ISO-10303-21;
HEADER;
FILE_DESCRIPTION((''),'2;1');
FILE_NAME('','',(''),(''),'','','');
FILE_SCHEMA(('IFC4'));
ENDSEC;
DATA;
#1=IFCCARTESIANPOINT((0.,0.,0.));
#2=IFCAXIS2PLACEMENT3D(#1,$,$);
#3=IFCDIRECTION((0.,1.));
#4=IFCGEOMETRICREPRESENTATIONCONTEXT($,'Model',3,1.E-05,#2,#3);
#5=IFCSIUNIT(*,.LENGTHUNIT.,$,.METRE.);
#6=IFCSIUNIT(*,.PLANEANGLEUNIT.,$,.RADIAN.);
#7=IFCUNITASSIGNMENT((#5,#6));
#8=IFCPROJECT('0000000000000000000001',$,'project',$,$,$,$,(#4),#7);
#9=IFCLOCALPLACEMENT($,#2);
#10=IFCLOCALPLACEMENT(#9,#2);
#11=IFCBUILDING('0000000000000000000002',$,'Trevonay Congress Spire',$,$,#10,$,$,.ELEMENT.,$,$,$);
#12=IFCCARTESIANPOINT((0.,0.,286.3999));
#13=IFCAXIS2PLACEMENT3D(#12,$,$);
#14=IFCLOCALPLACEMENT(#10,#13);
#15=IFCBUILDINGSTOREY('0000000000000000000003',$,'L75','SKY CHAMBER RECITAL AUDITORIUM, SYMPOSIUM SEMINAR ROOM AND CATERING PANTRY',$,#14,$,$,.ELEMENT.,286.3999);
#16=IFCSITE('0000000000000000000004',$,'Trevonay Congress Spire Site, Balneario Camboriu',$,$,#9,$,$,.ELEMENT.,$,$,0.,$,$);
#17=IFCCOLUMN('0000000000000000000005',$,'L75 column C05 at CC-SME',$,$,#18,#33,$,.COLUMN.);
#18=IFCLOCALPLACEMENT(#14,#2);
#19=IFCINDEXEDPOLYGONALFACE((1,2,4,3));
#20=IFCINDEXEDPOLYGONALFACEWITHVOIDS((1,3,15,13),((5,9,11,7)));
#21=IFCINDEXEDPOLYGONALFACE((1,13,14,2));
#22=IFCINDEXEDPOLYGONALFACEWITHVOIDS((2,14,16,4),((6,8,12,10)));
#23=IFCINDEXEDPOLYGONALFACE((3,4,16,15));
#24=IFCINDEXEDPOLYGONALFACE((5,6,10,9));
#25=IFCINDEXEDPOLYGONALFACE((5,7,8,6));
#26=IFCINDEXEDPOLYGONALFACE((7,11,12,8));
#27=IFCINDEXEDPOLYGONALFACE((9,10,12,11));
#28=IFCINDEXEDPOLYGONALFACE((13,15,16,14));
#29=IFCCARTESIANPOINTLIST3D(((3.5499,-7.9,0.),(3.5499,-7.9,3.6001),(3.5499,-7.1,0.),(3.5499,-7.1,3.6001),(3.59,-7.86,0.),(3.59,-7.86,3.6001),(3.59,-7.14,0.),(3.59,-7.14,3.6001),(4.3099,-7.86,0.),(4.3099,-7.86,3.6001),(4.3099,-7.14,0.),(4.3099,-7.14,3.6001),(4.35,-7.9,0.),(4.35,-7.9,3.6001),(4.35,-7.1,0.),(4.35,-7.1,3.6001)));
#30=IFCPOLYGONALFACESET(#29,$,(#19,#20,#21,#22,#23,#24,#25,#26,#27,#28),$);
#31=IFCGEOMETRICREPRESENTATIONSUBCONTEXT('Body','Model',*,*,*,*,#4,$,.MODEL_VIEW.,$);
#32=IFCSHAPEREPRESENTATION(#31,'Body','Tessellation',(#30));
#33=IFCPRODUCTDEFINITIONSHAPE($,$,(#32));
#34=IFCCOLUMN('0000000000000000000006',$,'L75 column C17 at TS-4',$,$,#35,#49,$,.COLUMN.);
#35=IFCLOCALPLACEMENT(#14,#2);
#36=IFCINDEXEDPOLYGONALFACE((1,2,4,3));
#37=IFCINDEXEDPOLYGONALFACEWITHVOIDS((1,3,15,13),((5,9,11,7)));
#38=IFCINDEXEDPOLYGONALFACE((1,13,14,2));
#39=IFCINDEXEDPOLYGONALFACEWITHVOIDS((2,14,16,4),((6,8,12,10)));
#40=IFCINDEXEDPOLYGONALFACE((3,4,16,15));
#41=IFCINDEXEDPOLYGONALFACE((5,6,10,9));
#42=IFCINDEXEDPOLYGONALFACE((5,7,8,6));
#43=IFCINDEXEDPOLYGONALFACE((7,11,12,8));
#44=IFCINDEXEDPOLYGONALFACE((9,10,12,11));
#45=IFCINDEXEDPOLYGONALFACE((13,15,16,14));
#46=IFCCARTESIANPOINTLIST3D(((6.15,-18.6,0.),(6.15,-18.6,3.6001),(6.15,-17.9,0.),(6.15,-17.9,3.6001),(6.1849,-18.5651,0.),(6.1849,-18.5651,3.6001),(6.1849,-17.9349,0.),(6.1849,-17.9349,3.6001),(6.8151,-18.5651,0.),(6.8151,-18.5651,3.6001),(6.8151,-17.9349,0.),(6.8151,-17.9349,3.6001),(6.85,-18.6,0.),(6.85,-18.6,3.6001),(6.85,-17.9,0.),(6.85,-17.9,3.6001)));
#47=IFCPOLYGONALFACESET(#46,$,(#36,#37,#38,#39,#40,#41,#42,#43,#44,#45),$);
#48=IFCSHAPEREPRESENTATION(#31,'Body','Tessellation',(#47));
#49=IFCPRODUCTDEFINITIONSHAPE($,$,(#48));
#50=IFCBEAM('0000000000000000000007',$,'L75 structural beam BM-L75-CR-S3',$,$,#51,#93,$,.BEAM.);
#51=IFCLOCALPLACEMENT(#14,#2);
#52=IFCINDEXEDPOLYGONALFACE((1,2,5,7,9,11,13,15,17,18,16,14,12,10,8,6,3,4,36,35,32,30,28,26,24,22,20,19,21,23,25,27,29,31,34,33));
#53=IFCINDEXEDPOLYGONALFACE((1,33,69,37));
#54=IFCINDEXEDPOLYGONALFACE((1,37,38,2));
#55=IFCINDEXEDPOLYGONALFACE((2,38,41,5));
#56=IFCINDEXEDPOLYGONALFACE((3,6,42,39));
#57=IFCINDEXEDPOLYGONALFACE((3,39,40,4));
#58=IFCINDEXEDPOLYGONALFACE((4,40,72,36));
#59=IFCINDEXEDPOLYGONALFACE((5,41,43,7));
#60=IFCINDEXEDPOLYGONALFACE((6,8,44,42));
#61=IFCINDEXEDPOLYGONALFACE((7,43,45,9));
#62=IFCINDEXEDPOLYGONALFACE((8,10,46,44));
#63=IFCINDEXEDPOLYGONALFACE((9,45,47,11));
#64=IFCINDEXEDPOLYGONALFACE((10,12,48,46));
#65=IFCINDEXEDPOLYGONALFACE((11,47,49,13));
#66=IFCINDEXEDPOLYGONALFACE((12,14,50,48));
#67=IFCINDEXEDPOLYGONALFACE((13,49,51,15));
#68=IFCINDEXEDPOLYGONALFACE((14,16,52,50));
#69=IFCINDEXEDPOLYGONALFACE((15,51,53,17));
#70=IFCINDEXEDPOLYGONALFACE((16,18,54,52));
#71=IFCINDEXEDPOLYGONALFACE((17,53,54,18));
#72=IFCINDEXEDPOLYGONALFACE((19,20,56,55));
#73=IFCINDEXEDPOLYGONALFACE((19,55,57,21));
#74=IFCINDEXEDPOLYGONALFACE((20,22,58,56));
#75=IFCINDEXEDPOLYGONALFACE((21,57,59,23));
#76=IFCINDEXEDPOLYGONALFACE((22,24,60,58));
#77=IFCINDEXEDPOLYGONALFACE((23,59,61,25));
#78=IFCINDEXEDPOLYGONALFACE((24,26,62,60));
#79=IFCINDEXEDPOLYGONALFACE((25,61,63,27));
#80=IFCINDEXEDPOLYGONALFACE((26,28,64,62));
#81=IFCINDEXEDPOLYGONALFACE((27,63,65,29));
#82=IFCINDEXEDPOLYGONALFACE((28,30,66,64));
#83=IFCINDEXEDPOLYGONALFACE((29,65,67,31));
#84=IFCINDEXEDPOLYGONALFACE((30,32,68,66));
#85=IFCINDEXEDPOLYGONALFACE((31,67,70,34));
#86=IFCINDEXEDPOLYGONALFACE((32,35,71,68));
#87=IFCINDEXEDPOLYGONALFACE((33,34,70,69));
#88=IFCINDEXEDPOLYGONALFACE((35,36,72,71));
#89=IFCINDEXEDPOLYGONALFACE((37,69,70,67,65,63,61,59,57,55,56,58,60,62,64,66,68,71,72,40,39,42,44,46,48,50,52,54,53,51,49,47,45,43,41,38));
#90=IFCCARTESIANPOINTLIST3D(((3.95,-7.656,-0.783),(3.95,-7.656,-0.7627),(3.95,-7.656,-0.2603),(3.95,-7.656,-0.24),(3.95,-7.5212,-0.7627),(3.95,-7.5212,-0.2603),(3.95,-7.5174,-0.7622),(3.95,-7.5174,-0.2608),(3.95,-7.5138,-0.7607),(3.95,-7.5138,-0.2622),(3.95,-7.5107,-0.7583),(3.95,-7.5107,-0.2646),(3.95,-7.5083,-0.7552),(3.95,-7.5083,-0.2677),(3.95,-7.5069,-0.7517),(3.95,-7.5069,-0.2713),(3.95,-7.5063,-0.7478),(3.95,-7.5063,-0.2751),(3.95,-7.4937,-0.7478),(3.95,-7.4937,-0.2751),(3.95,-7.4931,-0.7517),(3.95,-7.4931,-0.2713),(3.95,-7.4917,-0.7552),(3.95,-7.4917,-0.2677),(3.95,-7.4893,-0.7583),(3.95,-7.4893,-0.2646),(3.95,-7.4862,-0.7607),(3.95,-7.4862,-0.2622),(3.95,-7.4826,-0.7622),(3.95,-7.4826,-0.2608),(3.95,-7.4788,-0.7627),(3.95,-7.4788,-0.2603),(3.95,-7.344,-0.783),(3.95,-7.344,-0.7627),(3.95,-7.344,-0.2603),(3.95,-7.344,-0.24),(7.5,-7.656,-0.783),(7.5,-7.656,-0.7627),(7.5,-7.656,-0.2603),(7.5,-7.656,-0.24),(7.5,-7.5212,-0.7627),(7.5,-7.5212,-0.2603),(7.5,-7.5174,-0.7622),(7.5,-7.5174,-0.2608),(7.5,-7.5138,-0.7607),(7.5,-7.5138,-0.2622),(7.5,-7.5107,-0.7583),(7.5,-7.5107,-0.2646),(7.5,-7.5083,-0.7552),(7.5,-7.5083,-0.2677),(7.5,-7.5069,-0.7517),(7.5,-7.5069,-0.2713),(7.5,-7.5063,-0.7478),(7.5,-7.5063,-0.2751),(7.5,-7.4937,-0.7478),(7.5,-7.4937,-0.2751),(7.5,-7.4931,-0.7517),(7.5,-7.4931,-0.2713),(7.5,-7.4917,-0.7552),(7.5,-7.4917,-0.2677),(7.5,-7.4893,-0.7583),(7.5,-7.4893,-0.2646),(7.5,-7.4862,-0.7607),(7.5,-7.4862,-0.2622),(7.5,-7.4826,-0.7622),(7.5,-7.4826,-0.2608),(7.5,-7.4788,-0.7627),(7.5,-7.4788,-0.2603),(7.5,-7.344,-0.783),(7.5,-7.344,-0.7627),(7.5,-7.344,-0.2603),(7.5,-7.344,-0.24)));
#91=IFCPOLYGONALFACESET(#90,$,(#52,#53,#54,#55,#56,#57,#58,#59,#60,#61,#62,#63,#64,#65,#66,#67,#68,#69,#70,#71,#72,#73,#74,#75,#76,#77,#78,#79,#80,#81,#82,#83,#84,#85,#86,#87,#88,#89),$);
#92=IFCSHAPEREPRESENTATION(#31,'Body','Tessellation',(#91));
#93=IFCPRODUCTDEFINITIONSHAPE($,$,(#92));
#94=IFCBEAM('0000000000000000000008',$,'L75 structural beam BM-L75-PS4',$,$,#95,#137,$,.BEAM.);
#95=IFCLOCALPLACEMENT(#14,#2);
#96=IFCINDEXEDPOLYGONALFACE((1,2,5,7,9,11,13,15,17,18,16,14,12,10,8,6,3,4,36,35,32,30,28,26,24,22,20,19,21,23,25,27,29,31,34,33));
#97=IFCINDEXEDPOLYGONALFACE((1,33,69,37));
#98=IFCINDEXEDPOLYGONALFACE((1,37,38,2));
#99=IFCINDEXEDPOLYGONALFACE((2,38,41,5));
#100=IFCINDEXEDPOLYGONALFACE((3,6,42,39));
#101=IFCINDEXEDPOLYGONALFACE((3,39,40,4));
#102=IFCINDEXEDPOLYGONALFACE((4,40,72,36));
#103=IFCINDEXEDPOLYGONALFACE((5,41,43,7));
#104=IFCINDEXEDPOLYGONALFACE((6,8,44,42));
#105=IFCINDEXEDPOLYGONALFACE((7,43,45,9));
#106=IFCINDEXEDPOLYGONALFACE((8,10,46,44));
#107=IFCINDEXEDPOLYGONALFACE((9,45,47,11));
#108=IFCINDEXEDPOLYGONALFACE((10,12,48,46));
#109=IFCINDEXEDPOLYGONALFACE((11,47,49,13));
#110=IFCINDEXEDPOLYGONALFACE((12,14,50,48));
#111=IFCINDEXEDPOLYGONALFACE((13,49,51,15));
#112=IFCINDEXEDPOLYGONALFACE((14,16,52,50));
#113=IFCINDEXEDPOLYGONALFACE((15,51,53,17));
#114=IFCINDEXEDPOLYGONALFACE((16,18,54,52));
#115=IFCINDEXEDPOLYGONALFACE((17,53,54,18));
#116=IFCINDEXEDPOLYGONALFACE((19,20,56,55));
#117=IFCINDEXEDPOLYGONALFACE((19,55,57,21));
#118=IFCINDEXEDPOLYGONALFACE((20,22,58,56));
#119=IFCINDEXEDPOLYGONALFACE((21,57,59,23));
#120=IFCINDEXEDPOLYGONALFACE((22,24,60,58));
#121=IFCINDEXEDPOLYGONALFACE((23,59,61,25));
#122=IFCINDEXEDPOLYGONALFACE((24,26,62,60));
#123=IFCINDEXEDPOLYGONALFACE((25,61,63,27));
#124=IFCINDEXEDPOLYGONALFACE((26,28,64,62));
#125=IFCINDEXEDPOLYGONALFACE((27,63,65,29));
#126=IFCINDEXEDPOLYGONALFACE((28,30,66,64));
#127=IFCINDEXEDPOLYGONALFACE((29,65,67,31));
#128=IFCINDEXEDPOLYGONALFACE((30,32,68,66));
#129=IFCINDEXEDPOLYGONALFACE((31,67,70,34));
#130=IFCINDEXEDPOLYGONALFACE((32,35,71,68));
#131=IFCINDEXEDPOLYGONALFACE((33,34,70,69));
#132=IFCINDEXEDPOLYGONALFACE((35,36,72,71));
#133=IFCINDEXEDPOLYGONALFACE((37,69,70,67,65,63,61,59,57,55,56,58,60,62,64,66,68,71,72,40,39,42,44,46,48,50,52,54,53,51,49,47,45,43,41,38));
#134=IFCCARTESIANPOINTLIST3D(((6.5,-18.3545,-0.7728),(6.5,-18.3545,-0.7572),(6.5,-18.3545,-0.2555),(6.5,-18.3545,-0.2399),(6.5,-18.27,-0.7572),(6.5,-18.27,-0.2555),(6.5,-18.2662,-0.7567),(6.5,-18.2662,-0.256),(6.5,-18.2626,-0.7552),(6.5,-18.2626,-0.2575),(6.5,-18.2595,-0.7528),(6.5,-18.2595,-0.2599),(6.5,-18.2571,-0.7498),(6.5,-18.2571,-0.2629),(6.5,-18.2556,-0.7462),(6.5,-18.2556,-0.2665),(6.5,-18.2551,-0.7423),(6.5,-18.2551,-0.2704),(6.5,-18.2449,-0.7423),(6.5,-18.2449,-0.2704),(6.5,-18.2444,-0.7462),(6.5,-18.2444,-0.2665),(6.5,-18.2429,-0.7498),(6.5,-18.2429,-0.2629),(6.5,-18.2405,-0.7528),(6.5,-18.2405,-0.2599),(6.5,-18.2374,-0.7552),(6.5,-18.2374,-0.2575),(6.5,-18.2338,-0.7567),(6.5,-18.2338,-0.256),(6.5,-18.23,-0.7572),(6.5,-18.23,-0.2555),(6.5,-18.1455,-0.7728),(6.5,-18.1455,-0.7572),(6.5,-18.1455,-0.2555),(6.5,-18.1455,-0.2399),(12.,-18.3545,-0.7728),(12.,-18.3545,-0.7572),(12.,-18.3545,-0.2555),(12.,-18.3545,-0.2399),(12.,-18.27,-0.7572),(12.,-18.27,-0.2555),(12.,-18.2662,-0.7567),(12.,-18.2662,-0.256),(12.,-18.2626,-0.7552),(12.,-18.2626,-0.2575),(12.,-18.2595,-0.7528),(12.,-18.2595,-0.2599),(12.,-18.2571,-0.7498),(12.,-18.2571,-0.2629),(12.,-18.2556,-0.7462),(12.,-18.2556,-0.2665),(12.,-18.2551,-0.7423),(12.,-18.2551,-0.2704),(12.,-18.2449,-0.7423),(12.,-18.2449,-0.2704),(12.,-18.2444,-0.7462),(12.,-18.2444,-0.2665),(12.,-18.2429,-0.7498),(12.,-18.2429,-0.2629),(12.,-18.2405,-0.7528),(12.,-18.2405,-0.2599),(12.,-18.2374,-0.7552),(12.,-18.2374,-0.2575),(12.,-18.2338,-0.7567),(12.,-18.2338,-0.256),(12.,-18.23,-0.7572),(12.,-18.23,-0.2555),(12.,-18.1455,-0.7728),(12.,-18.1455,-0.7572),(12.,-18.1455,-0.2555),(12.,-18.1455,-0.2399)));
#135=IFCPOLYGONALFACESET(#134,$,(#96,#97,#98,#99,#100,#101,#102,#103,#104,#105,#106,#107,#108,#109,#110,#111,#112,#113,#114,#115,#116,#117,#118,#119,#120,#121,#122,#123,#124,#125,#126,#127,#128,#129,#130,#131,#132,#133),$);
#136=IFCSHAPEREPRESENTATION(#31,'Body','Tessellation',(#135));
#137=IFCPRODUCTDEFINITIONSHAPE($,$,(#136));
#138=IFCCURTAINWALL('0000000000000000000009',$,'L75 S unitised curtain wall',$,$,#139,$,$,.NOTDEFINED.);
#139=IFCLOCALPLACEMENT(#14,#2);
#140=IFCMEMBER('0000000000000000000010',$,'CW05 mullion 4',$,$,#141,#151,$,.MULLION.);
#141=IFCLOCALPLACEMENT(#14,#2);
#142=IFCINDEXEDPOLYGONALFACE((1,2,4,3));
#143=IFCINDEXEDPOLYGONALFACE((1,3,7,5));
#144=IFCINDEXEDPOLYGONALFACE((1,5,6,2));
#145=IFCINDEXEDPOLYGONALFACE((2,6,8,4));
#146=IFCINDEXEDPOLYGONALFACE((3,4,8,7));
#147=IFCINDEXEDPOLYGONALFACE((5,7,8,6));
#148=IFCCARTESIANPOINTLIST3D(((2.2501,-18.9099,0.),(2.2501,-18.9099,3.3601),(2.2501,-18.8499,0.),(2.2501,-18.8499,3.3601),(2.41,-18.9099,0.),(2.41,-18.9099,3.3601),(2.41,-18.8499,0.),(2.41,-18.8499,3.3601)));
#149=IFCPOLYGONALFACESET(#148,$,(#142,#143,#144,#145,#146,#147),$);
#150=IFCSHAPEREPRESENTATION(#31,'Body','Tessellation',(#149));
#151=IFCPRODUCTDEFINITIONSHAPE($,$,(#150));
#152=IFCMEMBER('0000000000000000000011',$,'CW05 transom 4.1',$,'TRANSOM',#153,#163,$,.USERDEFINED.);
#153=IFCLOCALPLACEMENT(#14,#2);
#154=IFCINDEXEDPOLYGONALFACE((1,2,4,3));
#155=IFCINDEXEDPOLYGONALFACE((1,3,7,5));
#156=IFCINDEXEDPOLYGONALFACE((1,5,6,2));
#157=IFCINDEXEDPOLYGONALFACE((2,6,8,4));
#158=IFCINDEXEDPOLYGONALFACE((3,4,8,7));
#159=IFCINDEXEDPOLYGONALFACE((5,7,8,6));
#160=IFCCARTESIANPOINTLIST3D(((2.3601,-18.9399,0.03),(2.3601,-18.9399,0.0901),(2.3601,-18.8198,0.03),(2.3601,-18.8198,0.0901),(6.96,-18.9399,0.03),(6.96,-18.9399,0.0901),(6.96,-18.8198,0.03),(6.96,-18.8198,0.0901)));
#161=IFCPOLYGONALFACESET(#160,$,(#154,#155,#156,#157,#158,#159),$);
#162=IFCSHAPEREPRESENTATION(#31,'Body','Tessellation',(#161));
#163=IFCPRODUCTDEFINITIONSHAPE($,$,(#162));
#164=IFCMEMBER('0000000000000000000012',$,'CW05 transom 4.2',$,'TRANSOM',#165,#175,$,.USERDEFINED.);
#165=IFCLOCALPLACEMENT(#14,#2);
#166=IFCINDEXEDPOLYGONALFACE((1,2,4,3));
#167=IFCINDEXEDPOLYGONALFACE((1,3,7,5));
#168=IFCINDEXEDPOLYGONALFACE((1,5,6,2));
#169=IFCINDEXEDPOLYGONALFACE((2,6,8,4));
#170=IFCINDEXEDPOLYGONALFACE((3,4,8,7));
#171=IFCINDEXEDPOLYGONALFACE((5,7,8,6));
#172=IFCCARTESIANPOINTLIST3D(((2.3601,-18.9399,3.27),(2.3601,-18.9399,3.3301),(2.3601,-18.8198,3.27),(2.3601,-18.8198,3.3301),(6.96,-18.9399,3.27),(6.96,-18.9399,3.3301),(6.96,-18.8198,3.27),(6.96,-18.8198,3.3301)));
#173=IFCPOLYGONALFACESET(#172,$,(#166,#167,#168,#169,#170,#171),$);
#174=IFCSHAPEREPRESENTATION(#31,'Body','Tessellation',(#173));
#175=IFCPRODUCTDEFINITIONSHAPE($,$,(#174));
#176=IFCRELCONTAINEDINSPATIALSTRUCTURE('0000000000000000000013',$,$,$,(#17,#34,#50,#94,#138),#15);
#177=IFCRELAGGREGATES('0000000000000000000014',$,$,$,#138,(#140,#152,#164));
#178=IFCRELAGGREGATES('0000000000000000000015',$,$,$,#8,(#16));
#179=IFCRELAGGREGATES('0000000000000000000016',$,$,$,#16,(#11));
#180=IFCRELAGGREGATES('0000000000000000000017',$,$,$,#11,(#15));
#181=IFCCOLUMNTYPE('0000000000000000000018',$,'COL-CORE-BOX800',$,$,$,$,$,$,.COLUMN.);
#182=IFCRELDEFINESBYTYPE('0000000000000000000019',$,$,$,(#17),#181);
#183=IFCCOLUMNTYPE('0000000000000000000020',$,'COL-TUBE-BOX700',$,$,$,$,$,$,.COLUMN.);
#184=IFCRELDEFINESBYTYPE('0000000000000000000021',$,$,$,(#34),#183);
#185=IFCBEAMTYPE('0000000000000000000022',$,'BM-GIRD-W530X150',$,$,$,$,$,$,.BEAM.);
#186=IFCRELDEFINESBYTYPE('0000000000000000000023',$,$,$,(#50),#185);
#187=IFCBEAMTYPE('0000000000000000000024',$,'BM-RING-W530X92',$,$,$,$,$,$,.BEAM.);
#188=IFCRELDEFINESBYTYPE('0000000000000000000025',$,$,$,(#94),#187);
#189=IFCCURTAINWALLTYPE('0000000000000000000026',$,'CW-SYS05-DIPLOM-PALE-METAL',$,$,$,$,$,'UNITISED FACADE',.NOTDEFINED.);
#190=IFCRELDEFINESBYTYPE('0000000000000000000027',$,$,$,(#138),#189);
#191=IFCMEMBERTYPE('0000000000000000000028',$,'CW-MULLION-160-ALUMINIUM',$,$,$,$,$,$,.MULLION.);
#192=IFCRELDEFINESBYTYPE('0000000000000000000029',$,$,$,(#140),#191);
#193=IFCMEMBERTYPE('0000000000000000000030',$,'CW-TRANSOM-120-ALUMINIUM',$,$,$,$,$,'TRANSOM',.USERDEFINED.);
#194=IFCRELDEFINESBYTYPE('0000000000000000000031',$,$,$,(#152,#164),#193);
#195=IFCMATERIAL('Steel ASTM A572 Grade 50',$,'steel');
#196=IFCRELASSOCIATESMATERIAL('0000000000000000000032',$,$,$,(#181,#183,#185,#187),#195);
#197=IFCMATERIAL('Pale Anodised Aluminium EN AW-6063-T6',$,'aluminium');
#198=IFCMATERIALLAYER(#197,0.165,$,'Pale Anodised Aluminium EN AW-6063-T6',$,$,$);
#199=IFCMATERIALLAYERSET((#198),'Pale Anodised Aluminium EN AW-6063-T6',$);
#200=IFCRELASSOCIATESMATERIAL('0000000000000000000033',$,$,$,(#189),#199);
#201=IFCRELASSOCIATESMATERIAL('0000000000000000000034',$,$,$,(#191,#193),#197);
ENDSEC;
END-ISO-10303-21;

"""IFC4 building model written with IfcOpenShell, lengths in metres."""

from ifc_helpers import new_model, si_unit, direction, frame, origin, origin_2d, place, context, subcontext, project, spatial, rectangle, hollow_rectangle, i_section, extrude, material, layer, layer_set, material_profile, profile_set, type_object, element, aggregate, save


model = new_model("IFC4")

# Units and contexts
model_context = context("Model", 3, precision=1e-05, world=origin(), true_north=direction((0.0, 1.0)))
body_context = subcontext(model_context, "Body", "Model", "MODEL_VIEW")
ifc_project = project(units=[si_unit("LENGTHUNIT", "METRE"), si_unit("PLANEANGLEUNIT", "RADIAN")], contexts=[model_context])

# Site, building, storey
site_placement = place(None, origin())
site = spatial("IfcSite", under=ifc_project, at=site_placement, Name="Trevonay Congress Spire Site, Balneario Camboriu", CompositionType="ELEMENT", RefElevation=0.0)
building_placement = place(site_placement, origin())
building = spatial("IfcBuilding", under=site, at=building_placement, Name="Trevonay Congress Spire", CompositionType="ELEMENT")
storey_placement = place(building_placement, frame((0.0, 0.0, 286.3999)))
storey = spatial("IfcBuildingStorey", under=building, at=storey_placement, Name="L75", Description="SKY CHAMBER RECITAL AUDITORIUM, SYMPOSIUM SEMINAR ROOM AND CATERING PANTRY", CompositionType="ELEMENT", Elevation=286.3999)

# Columns
ifc_material_1 = material(Name="Steel ASTM A572 Grade 50", Category="steel")
ifc_material_profile_1 = material_profile(ifc_material_1, hollow_rectangle(XDim=0.8, YDim=0.8, WallThickness=0.04, at=origin_2d()), Name="BOX 800x800x40")
ifc_profile_set_1 = profile_set([ifc_material_profile_1], Name="Steel ASTM A572 Grade 50")
column_type_1 = type_object("IfcColumnType", Name="COL-CORE-BOX800", PredefinedType="COLUMN", material=ifc_profile_set_1)
column_1_placement = place(storey_placement, frame((3.95, -7.5, 0.0), z_axis=(0.0, 0.0, 1.0), x_axis=(1.0, 0.0, 0.0)))
element("IfcColumn", 1, at=column_1_placement, inside=storey, type_object=column_type_1, Name="L75 column C05 at CC-SME", PredefinedType="COLUMN", context=body_context, shape_type="SweptSolid", body=[
    extrude(hollow_rectangle(XDim=0.8, YDim=0.8, WallThickness=0.04, at=origin_2d()), origin(), (0.0, 0.0, 1.0), 3.6001),
])
ifc_material_profile_2 = material_profile(ifc_material_1, hollow_rectangle(XDim=0.7, YDim=0.7, WallThickness=0.0349, at=origin_2d()), Name="BOX 700x700x35")
ifc_profile_set_2 = profile_set([ifc_material_profile_2], Name="Steel ASTM A572 Grade 50")
column_type_2 = type_object("IfcColumnType", Name="COL-TUBE-BOX700", PredefinedType="COLUMN", material=ifc_profile_set_2)
column_2_placement = place(storey_placement, frame((6.5, -18.25, 0.0), z_axis=(0.0, 0.0, 1.0), x_axis=(1.0, 0.0, 0.0)))
element("IfcColumn", 2, at=column_2_placement, inside=storey, type_object=column_type_2, Name="L75 column C17 at TS-4", PredefinedType="COLUMN", context=body_context, shape_type="SweptSolid", body=[
    extrude(hollow_rectangle(XDim=0.7, YDim=0.7, WallThickness=0.0349, at=origin_2d()), origin(), (0.0, 0.0, 1.0), 3.6001),
])

# Beams
ifc_material_profile_3 = material_profile(ifc_material_1, i_section(OverallWidth=0.312, OverallDepth=0.543, WebThickness=0.0127, FlangeThickness=0.0203, FilletRadius=0.0149, at=origin_2d()), Name="W530x150")
ifc_profile_set_3 = profile_set([ifc_material_profile_3], Name="Steel ASTM A572 Grade 50")
beam_type_1 = type_object("IfcBeamType", Name="BM-GIRD-W530X150", PredefinedType="BEAM", material=ifc_profile_set_3)
beam_1_placement = place(storey_placement, frame((3.95, -7.5, -0.5115), z_axis=(1.0, 0.0, 0.0), x_axis=(0.0, 1.0, 0.0)))
element("IfcBeam", 3, at=beam_1_placement, inside=storey, type_object=beam_type_1, Name="L75 structural beam BM-L75-CR-S3", PredefinedType="BEAM", context=body_context, shape_type="SweptSolid", body=[
    extrude(i_section(OverallWidth=0.312, OverallDepth=0.543, WebThickness=0.0127, FlangeThickness=0.0203, FilletRadius=0.0149, at=origin_2d()), origin(), (0.0, 0.0, 1.0), 3.55),
])
ifc_material_profile_4 = material_profile(ifc_material_1, i_section(OverallWidth=0.209, OverallDepth=0.533, WebThickness=0.0103, FlangeThickness=0.0156, FilletRadius=0.0149, at=origin_2d()), Name="W530x92")
ifc_profile_set_4 = profile_set([ifc_material_profile_4], Name="Steel ASTM A572 Grade 50")
beam_type_2 = type_object("IfcBeamType", Name="BM-RING-W530X92", PredefinedType="BEAM", material=ifc_profile_set_4)
beam_2_placement = place(storey_placement, frame((6.5, -18.25, -0.5063), z_axis=(1.0, 0.0, 0.0), x_axis=(0.0, 1.0, 0.0)))
element("IfcBeam", 4, at=beam_2_placement, inside=storey, type_object=beam_type_2, Name="L75 structural beam BM-L75-PS4", PredefinedType="BEAM", context=body_context, shape_type="SweptSolid", body=[
    extrude(i_section(OverallWidth=0.209, OverallDepth=0.533, WebThickness=0.0103, FlangeThickness=0.0156, FilletRadius=0.0149, at=origin_2d()), origin(), (0.0, 0.0, 1.0), 5.5),
])

# Curtain wall, members
ifc_material_2 = material(Name="Pale Anodised Aluminium EN AW-6063-T6", Category="aluminium")
ifc_layer_1 = layer(ifc_material_2, 0.165, Name="Pale Anodised Aluminium EN AW-6063-T6")
ifc_layer_set_1 = layer_set([ifc_layer_1], Name="Pale Anodised Aluminium EN AW-6063-T6")
curtain_wall_type = type_object("IfcCurtainWallType", Name="CW-SYS05-DIPLOM-PALE-METAL", ElementType="UNITISED FACADE", PredefinedType="NOTDEFINED", material=ifc_layer_set_1)
curtain_wall_placement = place(storey_placement, origin())
curtain_wall = element("IfcCurtainWall", 5, at=curtain_wall_placement, inside=storey, type_object=curtain_wall_type, Name="L75 S unitised curtain wall", PredefinedType="NOTDEFINED")
ifc_material_profile_5 = material_profile(ifc_material_2, rectangle(XDim=0.0601, YDim=0.1599, at=origin_2d()), Name="CW-MULLION-160-ALUMINIUM")
ifc_profile_set_5 = profile_set([ifc_material_profile_5], Name="Pale Anodised Aluminium EN AW-6063-T6")
member_type_1 = type_object("IfcMemberType", Name="CW-MULLION-160-ALUMINIUM", PredefinedType="MULLION", material=ifc_profile_set_5)
member_1_placement = place(storey_placement, frame((2.3301, -18.8799, 0.0), z_axis=(0.0, 0.0, 1.0), x_axis=(0.0, 1.0, 0.0)))
member_1 = element("IfcMember", 6, at=member_1_placement, type_object=member_type_1, Name="CW05 mullion 4", PredefinedType="MULLION", context=body_context, shape_type="SweptSolid", body=[
    extrude(rectangle(XDim=0.0601, YDim=0.1599, at=origin_2d()), origin(), (0.0, 0.0, 1.0), 3.3601),
])
ifc_material_profile_6 = material_profile(ifc_material_2, rectangle(XDim=0.1201, YDim=0.0601, at=origin_2d()), Name="CW-TRANSOM-120-ALUMINIUM")
ifc_profile_set_6 = profile_set([ifc_material_profile_6], Name="Pale Anodised Aluminium EN AW-6063-T6")
member_type_2 = type_object("IfcMemberType", Name="CW-TRANSOM-120-ALUMINIUM", ElementType="TRANSOM", PredefinedType="USERDEFINED", material=ifc_profile_set_6)
member_2_placement = place(storey_placement, frame((2.3601, -18.8799, 0.0601), z_axis=(1.0, 0.0, 0.0), x_axis=(0.0, 1.0, 0.0)))
member_2 = element("IfcMember", 7, at=member_2_placement, type_object=member_type_2, Name="CW05 transom 4.1", ObjectType="TRANSOM", PredefinedType="USERDEFINED", context=body_context, shape_type="SweptSolid", body=[
    extrude(rectangle(XDim=0.1201, YDim=0.0601, at=origin_2d()), origin(), (0.0, 0.0, 1.0), 4.5999),
])
member_3_placement = place(storey_placement, frame((2.3601, -18.8799, 3.3), z_axis=(1.0, 0.0, 0.0), x_axis=(0.0, 1.0, 0.0)))
member_3 = element("IfcMember", 8, at=member_3_placement, type_object=member_type_2, Name="CW05 transom 4.2", ObjectType="TRANSOM", PredefinedType="USERDEFINED", context=body_context, shape_type="SweptSolid", body=[
    extrude(rectangle(XDim=0.1201, YDim=0.0601, at=origin_2d()), origin(), (0.0, 0.0, 1.0), 4.5999),
])

aggregate(curtain_wall, [member_1, member_2, member_3])

save(model, "model.ifc")
